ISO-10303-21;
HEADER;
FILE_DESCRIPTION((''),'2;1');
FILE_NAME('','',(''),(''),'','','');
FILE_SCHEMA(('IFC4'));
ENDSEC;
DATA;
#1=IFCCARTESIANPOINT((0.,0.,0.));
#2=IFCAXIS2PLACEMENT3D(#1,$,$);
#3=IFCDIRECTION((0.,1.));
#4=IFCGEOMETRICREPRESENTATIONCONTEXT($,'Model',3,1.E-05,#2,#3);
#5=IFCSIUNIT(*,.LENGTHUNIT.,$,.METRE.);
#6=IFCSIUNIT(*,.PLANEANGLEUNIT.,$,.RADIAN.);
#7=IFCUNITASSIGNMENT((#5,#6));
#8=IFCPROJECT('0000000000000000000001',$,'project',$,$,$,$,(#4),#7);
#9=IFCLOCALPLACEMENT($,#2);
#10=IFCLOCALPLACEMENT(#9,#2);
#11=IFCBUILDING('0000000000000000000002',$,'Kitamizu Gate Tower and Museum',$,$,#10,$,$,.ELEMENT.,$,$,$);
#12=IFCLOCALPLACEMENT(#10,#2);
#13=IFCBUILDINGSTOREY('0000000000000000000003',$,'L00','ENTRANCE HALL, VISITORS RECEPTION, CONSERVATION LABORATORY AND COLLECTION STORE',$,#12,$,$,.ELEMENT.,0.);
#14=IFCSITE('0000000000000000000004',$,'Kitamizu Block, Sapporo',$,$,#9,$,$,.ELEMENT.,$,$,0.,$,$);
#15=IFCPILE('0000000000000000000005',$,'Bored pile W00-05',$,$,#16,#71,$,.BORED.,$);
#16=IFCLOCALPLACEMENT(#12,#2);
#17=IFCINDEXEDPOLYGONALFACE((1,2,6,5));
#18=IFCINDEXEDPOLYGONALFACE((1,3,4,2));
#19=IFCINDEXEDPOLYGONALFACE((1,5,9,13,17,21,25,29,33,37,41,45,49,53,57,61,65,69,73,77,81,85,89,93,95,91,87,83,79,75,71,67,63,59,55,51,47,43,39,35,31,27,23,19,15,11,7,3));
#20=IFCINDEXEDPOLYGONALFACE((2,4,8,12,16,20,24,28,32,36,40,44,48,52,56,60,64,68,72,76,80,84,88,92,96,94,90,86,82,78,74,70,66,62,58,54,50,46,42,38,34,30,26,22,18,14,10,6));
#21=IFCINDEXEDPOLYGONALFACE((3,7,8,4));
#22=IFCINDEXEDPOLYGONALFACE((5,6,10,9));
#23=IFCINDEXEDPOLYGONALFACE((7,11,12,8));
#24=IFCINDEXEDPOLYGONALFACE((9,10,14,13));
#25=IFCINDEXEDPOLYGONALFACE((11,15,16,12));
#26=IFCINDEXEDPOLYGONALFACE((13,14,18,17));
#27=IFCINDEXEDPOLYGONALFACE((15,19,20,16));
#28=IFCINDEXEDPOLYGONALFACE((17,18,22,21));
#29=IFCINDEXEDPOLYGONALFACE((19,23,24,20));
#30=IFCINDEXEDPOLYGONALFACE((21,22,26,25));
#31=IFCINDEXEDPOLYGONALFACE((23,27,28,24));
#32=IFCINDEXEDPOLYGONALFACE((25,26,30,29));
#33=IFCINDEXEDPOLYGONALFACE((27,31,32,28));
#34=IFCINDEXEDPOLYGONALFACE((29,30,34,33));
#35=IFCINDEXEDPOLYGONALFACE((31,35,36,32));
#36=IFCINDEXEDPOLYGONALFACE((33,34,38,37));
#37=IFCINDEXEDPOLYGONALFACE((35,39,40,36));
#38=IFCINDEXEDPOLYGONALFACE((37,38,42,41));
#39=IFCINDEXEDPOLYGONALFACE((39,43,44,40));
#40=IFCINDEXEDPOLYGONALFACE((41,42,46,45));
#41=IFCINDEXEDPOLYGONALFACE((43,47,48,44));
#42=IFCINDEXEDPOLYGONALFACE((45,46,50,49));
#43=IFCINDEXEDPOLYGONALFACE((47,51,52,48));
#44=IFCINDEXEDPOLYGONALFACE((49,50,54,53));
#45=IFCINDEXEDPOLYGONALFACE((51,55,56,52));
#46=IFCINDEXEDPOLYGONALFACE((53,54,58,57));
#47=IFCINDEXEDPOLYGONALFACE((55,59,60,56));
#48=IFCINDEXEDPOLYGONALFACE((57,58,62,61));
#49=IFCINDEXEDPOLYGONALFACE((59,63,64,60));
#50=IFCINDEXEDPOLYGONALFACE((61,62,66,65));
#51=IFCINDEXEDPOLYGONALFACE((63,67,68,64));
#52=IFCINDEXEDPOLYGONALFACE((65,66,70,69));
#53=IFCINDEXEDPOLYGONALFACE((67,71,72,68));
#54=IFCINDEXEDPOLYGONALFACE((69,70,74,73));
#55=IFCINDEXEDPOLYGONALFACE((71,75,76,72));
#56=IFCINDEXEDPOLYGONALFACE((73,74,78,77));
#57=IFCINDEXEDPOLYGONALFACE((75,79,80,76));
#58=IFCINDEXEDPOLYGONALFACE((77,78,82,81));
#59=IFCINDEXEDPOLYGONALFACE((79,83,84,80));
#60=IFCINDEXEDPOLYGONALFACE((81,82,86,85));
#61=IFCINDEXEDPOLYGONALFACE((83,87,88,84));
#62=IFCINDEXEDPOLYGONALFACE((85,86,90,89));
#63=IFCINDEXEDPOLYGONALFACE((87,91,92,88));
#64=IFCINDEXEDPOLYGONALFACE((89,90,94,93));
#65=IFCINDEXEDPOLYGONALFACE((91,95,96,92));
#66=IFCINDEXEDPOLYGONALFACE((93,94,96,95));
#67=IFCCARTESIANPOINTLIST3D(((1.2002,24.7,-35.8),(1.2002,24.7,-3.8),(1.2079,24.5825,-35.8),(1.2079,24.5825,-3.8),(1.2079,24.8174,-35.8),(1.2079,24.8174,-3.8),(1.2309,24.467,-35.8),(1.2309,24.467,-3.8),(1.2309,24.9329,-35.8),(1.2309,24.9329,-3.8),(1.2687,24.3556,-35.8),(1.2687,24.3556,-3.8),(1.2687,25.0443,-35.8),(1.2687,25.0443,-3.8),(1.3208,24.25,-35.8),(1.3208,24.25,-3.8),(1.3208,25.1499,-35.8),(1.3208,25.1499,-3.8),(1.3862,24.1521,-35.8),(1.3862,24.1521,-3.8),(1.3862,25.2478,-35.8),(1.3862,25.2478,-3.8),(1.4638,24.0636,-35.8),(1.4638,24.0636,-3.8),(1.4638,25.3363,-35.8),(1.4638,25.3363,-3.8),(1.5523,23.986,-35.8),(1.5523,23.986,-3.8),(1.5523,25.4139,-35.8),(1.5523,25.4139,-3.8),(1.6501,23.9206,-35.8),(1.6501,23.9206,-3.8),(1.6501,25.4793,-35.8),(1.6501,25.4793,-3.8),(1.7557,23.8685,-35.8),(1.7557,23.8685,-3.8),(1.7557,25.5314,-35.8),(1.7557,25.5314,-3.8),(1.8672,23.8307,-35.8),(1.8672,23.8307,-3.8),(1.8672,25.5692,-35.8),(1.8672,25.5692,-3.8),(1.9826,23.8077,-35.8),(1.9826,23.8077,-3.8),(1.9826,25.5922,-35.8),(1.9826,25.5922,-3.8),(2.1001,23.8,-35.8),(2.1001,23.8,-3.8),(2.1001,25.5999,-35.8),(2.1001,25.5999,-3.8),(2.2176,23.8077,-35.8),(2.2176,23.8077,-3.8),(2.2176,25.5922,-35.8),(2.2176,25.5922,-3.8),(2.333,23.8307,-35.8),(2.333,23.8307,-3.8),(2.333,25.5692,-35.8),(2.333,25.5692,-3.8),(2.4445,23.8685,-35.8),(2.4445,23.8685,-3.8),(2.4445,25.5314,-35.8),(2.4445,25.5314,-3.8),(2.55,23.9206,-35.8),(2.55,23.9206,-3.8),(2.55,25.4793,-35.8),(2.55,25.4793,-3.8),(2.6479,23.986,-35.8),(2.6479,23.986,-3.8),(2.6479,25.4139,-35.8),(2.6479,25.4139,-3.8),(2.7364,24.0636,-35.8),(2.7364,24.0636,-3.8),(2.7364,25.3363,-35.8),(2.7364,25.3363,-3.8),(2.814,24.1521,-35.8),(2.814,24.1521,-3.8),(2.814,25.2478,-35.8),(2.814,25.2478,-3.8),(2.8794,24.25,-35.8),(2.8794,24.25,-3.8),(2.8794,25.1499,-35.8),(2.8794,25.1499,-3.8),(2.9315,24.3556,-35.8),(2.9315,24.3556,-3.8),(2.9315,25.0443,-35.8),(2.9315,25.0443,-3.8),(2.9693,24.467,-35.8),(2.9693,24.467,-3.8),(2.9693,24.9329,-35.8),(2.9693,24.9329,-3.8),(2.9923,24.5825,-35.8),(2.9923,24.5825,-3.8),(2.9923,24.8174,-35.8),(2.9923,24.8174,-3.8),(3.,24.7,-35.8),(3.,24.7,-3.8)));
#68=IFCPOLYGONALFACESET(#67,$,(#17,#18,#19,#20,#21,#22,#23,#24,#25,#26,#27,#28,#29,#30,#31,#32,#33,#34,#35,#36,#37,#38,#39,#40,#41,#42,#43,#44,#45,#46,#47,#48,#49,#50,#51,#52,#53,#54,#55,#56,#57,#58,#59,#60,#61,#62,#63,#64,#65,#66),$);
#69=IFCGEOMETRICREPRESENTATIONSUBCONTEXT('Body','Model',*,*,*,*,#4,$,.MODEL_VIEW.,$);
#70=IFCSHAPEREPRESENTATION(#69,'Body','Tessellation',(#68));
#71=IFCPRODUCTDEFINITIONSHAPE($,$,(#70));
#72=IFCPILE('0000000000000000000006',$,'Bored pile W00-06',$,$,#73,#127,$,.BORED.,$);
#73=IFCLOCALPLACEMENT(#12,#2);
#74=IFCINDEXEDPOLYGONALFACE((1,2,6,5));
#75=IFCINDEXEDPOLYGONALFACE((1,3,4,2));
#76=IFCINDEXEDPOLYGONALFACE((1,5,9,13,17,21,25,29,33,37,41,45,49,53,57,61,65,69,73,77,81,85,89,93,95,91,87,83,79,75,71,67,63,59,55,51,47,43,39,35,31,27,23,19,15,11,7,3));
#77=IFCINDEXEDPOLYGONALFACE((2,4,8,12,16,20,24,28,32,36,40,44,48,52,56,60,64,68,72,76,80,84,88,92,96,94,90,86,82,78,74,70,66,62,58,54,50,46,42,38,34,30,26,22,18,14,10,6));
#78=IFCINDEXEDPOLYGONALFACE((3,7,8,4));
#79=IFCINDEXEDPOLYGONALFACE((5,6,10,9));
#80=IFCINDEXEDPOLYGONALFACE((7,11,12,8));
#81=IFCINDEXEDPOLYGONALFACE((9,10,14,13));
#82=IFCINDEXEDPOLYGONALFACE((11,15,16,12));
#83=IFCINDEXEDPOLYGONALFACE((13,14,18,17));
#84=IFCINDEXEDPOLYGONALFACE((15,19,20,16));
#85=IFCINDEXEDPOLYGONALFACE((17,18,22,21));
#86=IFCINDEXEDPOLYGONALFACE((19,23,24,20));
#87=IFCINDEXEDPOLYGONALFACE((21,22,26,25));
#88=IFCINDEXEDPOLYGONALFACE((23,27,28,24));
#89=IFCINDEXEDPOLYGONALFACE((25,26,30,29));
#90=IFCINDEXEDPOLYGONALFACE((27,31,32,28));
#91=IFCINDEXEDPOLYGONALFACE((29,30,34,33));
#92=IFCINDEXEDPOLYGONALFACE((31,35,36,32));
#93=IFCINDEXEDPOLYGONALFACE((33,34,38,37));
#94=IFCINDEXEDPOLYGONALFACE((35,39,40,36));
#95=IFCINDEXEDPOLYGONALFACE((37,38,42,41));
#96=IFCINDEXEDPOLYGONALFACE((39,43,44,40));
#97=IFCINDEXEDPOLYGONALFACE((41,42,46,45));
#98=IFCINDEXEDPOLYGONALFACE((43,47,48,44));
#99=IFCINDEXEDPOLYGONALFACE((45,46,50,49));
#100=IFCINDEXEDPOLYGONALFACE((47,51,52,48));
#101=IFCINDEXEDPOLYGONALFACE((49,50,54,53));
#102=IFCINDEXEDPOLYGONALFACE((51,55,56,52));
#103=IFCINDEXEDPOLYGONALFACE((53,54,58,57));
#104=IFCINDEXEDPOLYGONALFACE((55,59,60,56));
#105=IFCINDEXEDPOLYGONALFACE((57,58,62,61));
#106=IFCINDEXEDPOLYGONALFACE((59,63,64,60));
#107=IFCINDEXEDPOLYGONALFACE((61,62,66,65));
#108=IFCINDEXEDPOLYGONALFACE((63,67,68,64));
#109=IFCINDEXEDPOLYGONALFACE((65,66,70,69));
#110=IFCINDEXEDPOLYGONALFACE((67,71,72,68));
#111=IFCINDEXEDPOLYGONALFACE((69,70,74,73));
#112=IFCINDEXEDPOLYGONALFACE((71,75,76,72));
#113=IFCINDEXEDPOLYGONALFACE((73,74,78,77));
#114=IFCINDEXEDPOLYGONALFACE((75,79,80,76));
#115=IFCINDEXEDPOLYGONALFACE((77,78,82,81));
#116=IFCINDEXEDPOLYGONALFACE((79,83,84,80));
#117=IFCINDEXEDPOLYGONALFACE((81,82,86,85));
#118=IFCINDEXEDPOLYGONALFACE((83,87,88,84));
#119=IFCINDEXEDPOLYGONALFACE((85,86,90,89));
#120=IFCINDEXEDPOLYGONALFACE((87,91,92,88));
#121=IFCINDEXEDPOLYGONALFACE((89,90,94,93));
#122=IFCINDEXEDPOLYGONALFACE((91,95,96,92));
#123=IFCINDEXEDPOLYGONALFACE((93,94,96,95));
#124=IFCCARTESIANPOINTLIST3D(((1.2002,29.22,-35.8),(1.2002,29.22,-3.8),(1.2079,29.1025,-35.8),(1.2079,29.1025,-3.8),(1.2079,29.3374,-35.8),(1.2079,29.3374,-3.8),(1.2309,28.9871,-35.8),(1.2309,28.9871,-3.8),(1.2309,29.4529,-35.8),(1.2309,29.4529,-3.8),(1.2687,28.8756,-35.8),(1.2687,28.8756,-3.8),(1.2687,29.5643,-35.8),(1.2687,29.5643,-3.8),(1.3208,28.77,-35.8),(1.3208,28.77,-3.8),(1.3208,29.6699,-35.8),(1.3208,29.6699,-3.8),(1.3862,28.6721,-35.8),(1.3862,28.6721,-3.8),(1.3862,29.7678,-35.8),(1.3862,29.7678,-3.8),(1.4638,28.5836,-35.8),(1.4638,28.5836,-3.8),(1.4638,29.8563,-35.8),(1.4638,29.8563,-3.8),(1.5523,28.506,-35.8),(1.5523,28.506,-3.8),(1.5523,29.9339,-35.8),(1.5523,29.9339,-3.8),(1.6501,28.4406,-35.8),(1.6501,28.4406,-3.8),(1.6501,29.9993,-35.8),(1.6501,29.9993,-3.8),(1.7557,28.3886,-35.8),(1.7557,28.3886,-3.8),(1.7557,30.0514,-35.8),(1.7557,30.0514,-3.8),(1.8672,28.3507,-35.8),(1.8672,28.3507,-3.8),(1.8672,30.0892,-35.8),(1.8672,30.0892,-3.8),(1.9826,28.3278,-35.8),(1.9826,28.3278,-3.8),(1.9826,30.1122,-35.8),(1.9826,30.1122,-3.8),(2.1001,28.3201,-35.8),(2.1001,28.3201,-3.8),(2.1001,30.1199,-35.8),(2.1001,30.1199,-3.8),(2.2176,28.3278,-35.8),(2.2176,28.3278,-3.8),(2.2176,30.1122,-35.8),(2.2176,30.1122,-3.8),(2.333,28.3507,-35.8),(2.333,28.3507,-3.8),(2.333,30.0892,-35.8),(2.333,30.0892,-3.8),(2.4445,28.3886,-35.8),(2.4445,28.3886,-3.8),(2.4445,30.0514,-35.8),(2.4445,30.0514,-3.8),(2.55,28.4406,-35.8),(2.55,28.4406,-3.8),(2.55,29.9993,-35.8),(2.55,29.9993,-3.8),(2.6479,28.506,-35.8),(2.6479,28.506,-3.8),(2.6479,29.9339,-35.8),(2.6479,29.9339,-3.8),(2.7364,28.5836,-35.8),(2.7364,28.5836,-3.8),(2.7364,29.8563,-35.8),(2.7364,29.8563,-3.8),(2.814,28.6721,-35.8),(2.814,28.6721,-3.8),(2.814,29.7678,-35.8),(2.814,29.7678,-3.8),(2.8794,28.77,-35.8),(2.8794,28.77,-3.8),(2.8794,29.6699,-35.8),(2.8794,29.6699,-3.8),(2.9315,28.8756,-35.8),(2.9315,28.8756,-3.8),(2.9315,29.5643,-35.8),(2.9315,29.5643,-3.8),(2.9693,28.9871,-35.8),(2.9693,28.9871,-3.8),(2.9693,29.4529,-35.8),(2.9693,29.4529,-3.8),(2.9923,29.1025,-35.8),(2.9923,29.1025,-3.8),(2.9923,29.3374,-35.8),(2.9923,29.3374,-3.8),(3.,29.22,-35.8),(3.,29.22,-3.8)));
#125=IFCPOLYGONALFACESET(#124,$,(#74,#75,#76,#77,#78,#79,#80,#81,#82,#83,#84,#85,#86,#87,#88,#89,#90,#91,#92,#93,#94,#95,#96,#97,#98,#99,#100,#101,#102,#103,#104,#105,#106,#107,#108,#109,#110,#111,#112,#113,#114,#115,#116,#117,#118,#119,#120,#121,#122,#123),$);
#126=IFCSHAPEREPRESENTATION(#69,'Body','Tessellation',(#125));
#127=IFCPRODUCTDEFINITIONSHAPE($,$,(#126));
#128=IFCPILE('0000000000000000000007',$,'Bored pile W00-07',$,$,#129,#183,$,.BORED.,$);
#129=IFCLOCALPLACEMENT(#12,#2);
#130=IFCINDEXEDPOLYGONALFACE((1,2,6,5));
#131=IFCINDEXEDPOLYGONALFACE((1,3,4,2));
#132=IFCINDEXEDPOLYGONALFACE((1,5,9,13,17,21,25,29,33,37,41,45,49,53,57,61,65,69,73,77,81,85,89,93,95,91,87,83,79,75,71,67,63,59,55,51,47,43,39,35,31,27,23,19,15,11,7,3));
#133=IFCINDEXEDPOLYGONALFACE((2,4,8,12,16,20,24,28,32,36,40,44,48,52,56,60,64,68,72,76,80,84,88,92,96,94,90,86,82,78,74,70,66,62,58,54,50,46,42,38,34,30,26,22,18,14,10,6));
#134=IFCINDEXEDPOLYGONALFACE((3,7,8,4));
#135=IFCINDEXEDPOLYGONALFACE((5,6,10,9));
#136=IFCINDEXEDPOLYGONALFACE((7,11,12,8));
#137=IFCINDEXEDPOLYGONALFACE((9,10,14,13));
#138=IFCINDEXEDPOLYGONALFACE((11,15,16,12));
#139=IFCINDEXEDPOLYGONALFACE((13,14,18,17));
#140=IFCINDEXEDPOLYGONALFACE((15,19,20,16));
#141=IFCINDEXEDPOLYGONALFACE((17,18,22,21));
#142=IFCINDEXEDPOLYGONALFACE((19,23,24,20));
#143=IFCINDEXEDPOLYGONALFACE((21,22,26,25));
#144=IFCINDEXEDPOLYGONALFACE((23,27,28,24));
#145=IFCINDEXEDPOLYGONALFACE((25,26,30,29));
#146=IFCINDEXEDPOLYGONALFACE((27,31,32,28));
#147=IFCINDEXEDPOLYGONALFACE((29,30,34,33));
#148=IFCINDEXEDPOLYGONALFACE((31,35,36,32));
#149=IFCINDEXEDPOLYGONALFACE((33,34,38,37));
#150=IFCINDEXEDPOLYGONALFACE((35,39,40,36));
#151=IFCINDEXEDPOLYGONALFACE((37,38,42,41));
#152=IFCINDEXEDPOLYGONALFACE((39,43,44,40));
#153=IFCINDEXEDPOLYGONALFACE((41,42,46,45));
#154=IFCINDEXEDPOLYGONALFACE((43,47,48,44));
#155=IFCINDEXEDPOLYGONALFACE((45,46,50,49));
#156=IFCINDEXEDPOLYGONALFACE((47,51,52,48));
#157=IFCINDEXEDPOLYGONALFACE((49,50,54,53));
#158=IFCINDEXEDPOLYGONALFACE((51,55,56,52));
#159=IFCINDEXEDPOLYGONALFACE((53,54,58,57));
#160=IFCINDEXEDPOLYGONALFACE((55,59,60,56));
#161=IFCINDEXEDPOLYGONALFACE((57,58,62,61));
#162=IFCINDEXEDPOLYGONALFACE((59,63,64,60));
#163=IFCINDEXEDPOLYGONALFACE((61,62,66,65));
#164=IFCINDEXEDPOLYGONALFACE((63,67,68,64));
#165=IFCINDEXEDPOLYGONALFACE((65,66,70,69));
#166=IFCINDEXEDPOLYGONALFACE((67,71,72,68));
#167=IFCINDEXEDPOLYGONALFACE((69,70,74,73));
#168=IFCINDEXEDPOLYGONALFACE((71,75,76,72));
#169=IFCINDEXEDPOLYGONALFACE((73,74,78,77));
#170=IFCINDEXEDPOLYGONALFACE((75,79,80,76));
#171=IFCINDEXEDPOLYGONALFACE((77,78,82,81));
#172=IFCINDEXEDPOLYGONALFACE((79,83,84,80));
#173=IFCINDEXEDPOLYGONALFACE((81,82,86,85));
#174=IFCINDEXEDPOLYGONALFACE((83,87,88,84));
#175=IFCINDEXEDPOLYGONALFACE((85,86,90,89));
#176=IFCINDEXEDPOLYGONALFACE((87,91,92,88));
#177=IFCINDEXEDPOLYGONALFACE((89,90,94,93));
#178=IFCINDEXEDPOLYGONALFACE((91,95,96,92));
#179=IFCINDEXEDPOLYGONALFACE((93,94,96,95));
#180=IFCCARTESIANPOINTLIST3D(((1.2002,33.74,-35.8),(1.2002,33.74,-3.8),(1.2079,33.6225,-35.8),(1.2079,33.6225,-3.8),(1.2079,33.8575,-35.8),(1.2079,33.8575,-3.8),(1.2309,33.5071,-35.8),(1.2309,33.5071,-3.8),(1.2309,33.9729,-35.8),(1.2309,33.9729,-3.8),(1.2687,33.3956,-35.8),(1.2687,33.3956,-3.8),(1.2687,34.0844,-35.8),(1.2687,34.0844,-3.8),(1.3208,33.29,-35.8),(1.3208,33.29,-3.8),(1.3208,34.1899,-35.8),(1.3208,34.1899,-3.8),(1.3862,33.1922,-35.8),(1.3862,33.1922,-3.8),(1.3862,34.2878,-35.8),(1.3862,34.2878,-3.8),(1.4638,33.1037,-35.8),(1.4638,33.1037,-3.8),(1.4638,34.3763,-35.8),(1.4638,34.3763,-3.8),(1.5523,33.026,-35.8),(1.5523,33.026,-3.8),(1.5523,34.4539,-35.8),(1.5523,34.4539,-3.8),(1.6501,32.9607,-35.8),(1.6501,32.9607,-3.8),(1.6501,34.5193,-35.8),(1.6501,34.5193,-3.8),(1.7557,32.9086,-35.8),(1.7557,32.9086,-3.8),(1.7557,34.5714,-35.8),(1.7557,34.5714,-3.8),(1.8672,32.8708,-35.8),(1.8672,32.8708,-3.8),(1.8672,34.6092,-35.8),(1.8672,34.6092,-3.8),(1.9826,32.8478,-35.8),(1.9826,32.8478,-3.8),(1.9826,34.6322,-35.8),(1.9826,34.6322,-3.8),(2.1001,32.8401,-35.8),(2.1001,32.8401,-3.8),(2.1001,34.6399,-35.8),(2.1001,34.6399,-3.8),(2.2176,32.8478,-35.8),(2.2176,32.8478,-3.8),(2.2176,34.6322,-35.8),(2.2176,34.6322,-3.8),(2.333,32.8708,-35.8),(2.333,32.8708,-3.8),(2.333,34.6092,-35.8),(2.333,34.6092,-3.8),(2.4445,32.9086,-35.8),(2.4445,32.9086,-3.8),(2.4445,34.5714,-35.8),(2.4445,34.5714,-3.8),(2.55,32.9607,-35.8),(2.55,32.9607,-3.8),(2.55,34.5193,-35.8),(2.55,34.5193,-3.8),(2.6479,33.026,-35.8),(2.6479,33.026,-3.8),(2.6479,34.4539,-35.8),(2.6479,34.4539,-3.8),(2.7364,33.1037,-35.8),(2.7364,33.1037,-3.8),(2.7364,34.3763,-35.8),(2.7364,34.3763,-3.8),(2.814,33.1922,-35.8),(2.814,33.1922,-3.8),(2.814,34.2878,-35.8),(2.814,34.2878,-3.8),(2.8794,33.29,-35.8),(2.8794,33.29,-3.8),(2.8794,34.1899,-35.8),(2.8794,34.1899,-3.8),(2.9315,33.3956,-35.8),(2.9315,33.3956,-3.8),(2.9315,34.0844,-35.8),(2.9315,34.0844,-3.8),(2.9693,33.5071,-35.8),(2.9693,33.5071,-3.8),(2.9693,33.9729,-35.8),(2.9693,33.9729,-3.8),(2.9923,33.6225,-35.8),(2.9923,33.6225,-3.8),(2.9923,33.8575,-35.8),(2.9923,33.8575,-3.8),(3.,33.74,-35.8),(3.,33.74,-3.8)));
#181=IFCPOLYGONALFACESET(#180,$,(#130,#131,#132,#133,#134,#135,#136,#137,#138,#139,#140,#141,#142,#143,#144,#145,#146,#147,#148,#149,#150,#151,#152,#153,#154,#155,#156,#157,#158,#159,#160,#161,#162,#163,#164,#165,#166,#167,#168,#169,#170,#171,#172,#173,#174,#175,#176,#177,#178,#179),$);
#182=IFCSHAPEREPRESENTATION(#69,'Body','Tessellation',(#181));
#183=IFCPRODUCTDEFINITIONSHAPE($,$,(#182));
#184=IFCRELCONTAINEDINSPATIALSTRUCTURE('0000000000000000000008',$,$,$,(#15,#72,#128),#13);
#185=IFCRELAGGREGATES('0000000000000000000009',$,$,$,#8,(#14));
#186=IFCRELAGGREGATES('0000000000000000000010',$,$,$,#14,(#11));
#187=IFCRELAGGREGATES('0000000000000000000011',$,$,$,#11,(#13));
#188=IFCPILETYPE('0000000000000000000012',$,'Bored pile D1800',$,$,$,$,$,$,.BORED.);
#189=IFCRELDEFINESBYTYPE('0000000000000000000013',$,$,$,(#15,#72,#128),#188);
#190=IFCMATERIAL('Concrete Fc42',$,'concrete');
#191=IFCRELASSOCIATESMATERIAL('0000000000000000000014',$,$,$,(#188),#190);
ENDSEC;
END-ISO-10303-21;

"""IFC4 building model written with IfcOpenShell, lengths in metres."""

from ifc_helpers import new_model, si_unit, direction, frame, origin, origin_2d, place, context, subcontext, project, spatial, circle, extrude, material, material_profile, profile_set, type_object, element, save


model = new_model("IFC4")

# Units and contexts
model_context = context("Model", 3, precision=1e-05, world=origin(), true_north=direction((0.0, 1.0)))
body_context = subcontext(model_context, "Body", "Model", "MODEL_VIEW")
ifc_project = project(units=[si_unit("LENGTHUNIT", "METRE"), si_unit("PLANEANGLEUNIT", "RADIAN")], contexts=[model_context])

# Site, building, storey
site_placement = place(None, origin())
site = spatial("IfcSite", under=ifc_project, at=site_placement, Name="Kitamizu Block, Sapporo", CompositionType="ELEMENT", RefElevation=0.0)
building_placement = place(site_placement, origin())
building = spatial("IfcBuilding", under=site, at=building_placement, Name="Kitamizu Gate Tower and Museum", CompositionType="ELEMENT")
storey_placement = place(building_placement, origin())
storey = spatial("IfcBuildingStorey", under=building, at=storey_placement, Name="L00", Description="ENTRANCE HALL, VISITORS RECEPTION, CONSERVATION LABORATORY AND COLLECTION STORE", CompositionType="ELEMENT", Elevation=0.0)

# Piles
ifc_material_1 = material(Name="Concrete Fc42", Category="concrete")
ifc_material_profile_1 = material_profile(ifc_material_1, circle(Radius=0.8999, at=origin_2d()), Name="Bored pile D1800")
ifc_profile_set_1 = profile_set([ifc_material_profile_1], Name="Concrete Fc42")
pile_type_1 = type_object("IfcPileType", Name="Bored pile D1800", PredefinedType="BORED", material=ifc_profile_set_1)
for number, where, z_axis, x_axis, name in (
    (1, (2.1001, 24.7, -3.8), (0.0, 0.0, -1.0), (1.0, 0.0, 0.0), "Bored pile W00-05"),
    (2, (2.1001, 29.22, -3.8), (0.0, 0.0, -1.0), (1.0, 0.0, 0.0), "Bored pile W00-06"),
    (3, (2.1001, 33.74, -3.8), (0.0, 0.0, -1.0), (1.0, 0.0, 0.0), "Bored pile W00-07"),
):
    element("IfcPile", number, at=place(storey_placement, frame(where, z_axis=z_axis, x_axis=x_axis)), inside=storey, type_object=pile_type_1, Name=name, PredefinedType="BORED", context=body_context, shape_type="SweptSolid", body=[
        extrude(circle(Radius=0.8999, at=origin_2d()), origin(), (0.0, 0.0, 1.0), 32.0),
    ])

save(model, "model.ifc")
